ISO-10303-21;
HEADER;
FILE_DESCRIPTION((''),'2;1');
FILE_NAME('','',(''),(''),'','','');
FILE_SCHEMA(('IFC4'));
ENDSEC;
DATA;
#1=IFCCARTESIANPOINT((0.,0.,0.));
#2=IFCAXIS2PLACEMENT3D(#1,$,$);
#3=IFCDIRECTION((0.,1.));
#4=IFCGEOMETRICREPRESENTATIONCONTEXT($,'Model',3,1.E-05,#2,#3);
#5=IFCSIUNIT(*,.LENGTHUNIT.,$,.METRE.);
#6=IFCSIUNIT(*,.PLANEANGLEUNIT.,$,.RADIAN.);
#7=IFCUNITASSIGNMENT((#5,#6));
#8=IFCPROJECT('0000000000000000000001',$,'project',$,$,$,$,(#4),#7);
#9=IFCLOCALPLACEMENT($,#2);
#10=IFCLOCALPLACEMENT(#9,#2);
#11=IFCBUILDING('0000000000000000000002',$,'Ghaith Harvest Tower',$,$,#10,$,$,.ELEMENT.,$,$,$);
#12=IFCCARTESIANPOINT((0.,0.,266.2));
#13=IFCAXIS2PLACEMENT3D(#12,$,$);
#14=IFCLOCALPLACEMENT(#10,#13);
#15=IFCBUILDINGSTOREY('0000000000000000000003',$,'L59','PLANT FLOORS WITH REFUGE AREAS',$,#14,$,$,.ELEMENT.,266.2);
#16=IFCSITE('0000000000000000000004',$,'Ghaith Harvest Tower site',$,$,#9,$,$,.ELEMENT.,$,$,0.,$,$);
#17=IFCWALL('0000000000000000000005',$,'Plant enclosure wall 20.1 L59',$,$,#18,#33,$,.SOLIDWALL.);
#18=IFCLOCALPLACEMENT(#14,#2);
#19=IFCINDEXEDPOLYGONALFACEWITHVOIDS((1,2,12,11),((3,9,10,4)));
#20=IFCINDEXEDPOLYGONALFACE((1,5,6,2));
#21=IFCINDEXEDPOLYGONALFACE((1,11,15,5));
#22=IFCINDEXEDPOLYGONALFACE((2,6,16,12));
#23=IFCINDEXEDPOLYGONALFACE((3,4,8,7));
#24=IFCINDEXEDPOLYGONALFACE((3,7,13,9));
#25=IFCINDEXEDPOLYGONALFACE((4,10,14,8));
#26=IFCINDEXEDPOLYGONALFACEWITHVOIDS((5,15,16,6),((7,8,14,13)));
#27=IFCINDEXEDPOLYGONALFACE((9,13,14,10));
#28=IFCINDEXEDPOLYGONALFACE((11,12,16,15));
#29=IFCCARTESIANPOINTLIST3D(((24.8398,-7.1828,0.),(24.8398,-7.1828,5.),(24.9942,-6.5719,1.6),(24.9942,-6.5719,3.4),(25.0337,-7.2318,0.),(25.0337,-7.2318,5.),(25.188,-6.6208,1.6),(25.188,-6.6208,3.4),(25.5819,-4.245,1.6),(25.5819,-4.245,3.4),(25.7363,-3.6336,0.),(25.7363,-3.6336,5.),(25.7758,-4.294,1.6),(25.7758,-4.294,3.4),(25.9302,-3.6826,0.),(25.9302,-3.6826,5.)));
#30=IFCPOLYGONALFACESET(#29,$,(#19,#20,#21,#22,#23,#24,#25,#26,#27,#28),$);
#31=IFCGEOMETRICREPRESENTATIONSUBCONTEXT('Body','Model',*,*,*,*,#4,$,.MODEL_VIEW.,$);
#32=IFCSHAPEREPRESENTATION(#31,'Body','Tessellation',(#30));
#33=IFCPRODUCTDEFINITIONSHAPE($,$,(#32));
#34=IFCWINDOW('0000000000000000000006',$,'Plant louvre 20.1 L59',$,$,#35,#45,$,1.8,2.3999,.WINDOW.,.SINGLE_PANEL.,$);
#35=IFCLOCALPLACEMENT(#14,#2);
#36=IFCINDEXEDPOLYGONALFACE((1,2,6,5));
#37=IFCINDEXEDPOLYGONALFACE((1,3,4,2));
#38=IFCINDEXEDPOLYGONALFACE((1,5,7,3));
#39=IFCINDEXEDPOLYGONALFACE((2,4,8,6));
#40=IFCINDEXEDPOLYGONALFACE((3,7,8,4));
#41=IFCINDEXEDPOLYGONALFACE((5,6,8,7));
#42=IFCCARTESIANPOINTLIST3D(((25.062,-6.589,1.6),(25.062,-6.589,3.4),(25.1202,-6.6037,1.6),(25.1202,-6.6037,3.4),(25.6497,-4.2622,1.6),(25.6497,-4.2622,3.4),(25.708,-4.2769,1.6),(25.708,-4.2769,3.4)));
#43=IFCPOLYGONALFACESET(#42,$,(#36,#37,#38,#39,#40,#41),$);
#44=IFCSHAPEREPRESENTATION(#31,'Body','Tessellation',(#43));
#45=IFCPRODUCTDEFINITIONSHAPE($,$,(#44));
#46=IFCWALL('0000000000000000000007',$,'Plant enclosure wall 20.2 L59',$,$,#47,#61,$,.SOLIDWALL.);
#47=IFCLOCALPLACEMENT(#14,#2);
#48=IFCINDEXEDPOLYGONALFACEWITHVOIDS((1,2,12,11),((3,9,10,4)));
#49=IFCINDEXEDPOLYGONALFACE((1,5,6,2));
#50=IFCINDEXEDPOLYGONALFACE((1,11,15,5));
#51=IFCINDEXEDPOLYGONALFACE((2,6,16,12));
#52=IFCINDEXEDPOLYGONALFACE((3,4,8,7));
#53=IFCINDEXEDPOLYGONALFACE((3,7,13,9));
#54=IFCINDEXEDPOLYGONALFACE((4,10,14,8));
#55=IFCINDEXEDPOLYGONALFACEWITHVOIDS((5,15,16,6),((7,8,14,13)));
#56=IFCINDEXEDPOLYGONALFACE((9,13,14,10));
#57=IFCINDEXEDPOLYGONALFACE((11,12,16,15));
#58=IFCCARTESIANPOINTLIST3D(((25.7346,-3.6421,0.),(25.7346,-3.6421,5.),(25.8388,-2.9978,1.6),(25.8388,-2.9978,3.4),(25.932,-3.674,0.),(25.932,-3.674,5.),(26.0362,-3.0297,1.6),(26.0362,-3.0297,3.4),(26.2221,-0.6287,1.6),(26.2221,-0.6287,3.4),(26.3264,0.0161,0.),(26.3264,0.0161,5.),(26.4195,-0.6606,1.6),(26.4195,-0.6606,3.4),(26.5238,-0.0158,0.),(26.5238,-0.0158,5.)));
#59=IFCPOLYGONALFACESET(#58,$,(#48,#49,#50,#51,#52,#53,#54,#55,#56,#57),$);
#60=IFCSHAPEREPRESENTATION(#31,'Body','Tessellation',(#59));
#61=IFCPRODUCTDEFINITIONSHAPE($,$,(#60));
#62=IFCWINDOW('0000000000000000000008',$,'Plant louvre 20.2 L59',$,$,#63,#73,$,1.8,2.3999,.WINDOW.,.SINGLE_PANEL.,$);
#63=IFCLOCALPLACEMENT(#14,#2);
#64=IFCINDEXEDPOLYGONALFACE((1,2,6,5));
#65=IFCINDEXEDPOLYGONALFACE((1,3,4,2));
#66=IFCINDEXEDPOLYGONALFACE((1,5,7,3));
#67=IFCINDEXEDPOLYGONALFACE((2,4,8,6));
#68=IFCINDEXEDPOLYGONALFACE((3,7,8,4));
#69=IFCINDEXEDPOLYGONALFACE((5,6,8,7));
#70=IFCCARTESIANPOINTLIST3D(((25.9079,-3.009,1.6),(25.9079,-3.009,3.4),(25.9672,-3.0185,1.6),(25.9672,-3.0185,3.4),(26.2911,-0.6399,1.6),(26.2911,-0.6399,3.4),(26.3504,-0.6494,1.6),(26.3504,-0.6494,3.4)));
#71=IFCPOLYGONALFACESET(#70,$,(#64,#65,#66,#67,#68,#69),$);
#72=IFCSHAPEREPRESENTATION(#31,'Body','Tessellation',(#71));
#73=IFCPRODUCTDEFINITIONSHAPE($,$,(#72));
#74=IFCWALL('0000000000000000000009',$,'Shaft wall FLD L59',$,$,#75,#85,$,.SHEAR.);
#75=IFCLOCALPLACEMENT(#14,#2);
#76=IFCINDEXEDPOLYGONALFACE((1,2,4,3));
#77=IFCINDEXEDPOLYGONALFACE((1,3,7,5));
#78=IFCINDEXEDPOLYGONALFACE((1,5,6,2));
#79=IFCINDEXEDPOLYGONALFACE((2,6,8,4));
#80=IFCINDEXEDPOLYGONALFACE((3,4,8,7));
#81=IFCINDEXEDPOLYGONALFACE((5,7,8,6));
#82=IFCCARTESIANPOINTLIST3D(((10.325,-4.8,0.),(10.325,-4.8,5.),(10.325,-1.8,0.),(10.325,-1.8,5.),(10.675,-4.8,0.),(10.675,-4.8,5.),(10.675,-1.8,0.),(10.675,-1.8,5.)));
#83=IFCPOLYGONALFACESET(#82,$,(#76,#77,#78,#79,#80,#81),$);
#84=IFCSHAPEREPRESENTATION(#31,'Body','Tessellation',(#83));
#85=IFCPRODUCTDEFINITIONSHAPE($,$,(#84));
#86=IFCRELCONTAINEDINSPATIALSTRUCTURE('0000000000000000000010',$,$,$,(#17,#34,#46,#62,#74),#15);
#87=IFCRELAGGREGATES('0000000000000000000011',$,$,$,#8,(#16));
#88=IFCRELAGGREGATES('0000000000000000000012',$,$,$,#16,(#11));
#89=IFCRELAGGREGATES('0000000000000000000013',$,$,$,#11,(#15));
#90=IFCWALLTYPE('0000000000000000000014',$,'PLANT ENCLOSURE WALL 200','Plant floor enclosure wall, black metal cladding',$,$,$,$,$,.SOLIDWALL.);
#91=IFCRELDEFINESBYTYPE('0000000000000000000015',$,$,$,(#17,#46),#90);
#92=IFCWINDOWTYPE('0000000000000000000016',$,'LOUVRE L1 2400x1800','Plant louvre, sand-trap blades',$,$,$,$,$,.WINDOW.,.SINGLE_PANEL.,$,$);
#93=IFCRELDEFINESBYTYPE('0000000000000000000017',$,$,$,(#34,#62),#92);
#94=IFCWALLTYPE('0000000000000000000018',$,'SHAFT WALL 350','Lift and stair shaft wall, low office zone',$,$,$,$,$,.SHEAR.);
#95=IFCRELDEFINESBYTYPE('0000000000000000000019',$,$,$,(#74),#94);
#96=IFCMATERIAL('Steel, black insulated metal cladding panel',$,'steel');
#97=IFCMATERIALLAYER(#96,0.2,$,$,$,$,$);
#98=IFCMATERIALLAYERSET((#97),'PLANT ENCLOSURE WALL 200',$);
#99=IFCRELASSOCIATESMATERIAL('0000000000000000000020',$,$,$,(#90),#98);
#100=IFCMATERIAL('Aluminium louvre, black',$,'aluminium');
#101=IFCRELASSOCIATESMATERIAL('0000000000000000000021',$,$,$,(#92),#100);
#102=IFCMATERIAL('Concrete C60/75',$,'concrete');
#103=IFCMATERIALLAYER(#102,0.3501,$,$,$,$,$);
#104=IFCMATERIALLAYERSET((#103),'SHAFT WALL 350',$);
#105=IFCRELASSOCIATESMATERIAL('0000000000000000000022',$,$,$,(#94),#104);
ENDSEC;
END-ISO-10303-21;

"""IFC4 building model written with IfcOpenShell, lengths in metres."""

from ifc_helpers import new_model, si_unit, direction, frame, frame_2d, origin, place, context, subcontext, project, spatial, rectangle, extrude, material, layer, layer_set, type_object, element, fill, save


model = new_model("IFC4")

# Units and contexts
model_context = context("Model", 3, precision=1e-05, world=origin(), true_north=direction((0.0, 1.0)))
body_context = subcontext(model_context, "Body", "Model", "MODEL_VIEW")
ifc_project = project(units=[si_unit("LENGTHUNIT", "METRE"), si_unit("PLANEANGLEUNIT", "RADIAN")], contexts=[model_context])

# Site, building, storey
site_placement = place(None, origin())
site = spatial("IfcSite", under=ifc_project, at=site_placement, Name="Ghaith Harvest Tower site", CompositionType="ELEMENT", RefElevation=0.0)
building_placement = place(site_placement, origin())
building = spatial("IfcBuilding", under=site, at=building_placement, Name="Ghaith Harvest Tower", CompositionType="ELEMENT")
storey_placement = place(building_placement, frame((0.0, 0.0, 266.2)))
storey = spatial("IfcBuildingStorey", under=building, at=storey_placement, Name="L59", Description="PLANT FLOORS WITH REFUGE AREAS", CompositionType="ELEMENT", Elevation=266.2)

# Walls, openings, windows
ifc_material_1 = material(Name="Steel, black insulated metal cladding panel", Category="steel")
ifc_layer_1 = layer(ifc_material_1, 0.2)
ifc_layer_set_1 = layer_set([ifc_layer_1], Name="PLANT ENCLOSURE WALL 200")
wall_type_1 = type_object("IfcWallType", Name="PLANT ENCLOSURE WALL 200", Description="Plant floor enclosure wall, black metal cladding", PredefinedType="SOLIDWALL", material=ifc_layer_set_1)
wall_1_placement = place(storey_placement, frame((24.9368, -7.2073, 0.0), z_axis=(0.0, 0.0, 1.0), x_axis=(0.244905, 0.969547, 0.0)))
wall_1 = element("IfcWall", 1, at=wall_1_placement, inside=storey, type_object=wall_type_1, Name="Plant enclosure wall 20.1 L59", PredefinedType="SOLIDWALL", context=body_context, shape_type="SweptSolid", body=[
    extrude(rectangle(XDim=3.6606, YDim=0.2, at=frame_2d((1.8303, 0.0))), origin(), (0.0, 0.0, 1.0), 5.0),
])
opening_1_placement = place(wall_1_placement, frame((0.6301, 0.0, 1.6001)))
opening_1 = element("IfcOpeningElement", 2, at=opening_1_placement, cuts=wall_1, PredefinedType="OPENING", context=body_context, shape_type="SweptSolid", body=[
    extrude(rectangle(XDim=2.3999, YDim=1.8, at=frame_2d((1.2, 0.8999))), frame((0.0, 0.1099, 0.0), z_axis=(0.0, -1.0, 0.0), x_axis=(1.0, 0.0, 0.0)), (0.0, 0.0, 1.0), 0.22),
])
ifc_material_2 = material(Name="Aluminium louvre, black", Category="aluminium")
window_type = type_object("IfcWindowType", Name="LOUVRE L1 2400x1800", Description="Plant louvre, sand-trap blades", PartitioningType="SINGLE_PANEL", PredefinedType="WINDOW", material=ifc_material_2)
window_1_placement = place(opening_1_placement, origin())
window_1 = element("IfcWindow", 3, at=window_1_placement, inside=storey, type_object=window_type, Name="Plant louvre 20.1 L59", OverallHeight=1.8, OverallWidth=2.3999, PartitioningType="SINGLE_PANEL", PredefinedType="WINDOW", context=body_context, shape_type="SweptSolid", body=[
    extrude(rectangle(XDim=2.3999, YDim=1.8, at=frame_2d((1.2, 0.8999))), frame((0.0, 0.03, 0.0), z_axis=(0.0, -1.0, 0.0), x_axis=(1.0, 0.0, 0.0)), (0.0, 0.0, 1.0), 0.0601),
])
fill(opening_1, window_1)
wall_2_placement = place(storey_placement, frame((25.8333, -3.6582, 0.0), z_axis=(0.0, 0.0, 1.0), x_axis=(0.159696, 0.987166, 0.0)))
wall_2 = element("IfcWall", 4, at=wall_2_placement, inside=storey, type_object=wall_type_1, Name="Plant enclosure wall 20.2 L59", PredefinedType="SOLIDWALL", context=body_context, shape_type="SweptSolid", body=[
    extrude(rectangle(XDim=3.7058, YDim=0.2, at=frame_2d((1.853, 0.0))), origin(), (0.0, 0.0, 1.0), 5.0),
])
opening_2_placement = place(wall_2_placement, frame((0.6528, 0.0, 1.6001)))
opening_2 = element("IfcOpeningElement", 5, at=opening_2_placement, cuts=wall_2, PredefinedType="OPENING", context=body_context, shape_type="SweptSolid", body=[
    extrude(rectangle(XDim=2.3999, YDim=1.8, at=frame_2d((1.2, 0.8999))), frame((0.0, 0.1099, 0.0), z_axis=(0.0, -1.0, 0.0), x_axis=(1.0, 0.0, 0.0)), (0.0, 0.0, 1.0), 0.22),
])
window_2_placement = place(opening_2_placement, origin())
window_2 = element("IfcWindow", 6, at=window_2_placement, inside=storey, type_object=window_type, Name="Plant louvre 20.2 L59", OverallHeight=1.8, OverallWidth=2.3999, PartitioningType="SINGLE_PANEL", PredefinedType="WINDOW", context=body_context, shape_type="SweptSolid", body=[
    extrude(rectangle(XDim=2.3999, YDim=1.8, at=frame_2d((1.2, 0.8999))), frame((0.0, 0.03, 0.0), z_axis=(0.0, -1.0, 0.0), x_axis=(1.0, 0.0, 0.0)), (0.0, 0.0, 1.0), 0.0601),
])
fill(opening_2, window_2)

# Wall
ifc_material_3 = material(Name="Concrete C60/75", Category="concrete")
ifc_layer_2 = layer(ifc_material_3, 0.3501)
ifc_layer_set_2 = layer_set([ifc_layer_2], Name="SHAFT WALL 350")
wall_type_2 = type_object("IfcWallType", Name="SHAFT WALL 350", Description="Lift and stair shaft wall, low office zone", PredefinedType="SHEAR", material=ifc_layer_set_2)
wall_3_placement = place(storey_placement, frame((10.5, -4.8, 0.0), z_axis=(0.0, 0.0, 1.0), x_axis=(0.0, 1.0, 0.0)))
element("IfcWall", 7, at=wall_3_placement, inside=storey, type_object=wall_type_2, Name="Shaft wall FLD L59", PredefinedType="SHEAR", context=body_context, shape_type="SweptSolid", body=[
    extrude(rectangle(XDim=3.0, YDim=0.3501, at=frame_2d((1.5, 0.0))), origin(), (0.0, 0.0, 1.0), 5.0),
])

save(model, "model.ifc")
